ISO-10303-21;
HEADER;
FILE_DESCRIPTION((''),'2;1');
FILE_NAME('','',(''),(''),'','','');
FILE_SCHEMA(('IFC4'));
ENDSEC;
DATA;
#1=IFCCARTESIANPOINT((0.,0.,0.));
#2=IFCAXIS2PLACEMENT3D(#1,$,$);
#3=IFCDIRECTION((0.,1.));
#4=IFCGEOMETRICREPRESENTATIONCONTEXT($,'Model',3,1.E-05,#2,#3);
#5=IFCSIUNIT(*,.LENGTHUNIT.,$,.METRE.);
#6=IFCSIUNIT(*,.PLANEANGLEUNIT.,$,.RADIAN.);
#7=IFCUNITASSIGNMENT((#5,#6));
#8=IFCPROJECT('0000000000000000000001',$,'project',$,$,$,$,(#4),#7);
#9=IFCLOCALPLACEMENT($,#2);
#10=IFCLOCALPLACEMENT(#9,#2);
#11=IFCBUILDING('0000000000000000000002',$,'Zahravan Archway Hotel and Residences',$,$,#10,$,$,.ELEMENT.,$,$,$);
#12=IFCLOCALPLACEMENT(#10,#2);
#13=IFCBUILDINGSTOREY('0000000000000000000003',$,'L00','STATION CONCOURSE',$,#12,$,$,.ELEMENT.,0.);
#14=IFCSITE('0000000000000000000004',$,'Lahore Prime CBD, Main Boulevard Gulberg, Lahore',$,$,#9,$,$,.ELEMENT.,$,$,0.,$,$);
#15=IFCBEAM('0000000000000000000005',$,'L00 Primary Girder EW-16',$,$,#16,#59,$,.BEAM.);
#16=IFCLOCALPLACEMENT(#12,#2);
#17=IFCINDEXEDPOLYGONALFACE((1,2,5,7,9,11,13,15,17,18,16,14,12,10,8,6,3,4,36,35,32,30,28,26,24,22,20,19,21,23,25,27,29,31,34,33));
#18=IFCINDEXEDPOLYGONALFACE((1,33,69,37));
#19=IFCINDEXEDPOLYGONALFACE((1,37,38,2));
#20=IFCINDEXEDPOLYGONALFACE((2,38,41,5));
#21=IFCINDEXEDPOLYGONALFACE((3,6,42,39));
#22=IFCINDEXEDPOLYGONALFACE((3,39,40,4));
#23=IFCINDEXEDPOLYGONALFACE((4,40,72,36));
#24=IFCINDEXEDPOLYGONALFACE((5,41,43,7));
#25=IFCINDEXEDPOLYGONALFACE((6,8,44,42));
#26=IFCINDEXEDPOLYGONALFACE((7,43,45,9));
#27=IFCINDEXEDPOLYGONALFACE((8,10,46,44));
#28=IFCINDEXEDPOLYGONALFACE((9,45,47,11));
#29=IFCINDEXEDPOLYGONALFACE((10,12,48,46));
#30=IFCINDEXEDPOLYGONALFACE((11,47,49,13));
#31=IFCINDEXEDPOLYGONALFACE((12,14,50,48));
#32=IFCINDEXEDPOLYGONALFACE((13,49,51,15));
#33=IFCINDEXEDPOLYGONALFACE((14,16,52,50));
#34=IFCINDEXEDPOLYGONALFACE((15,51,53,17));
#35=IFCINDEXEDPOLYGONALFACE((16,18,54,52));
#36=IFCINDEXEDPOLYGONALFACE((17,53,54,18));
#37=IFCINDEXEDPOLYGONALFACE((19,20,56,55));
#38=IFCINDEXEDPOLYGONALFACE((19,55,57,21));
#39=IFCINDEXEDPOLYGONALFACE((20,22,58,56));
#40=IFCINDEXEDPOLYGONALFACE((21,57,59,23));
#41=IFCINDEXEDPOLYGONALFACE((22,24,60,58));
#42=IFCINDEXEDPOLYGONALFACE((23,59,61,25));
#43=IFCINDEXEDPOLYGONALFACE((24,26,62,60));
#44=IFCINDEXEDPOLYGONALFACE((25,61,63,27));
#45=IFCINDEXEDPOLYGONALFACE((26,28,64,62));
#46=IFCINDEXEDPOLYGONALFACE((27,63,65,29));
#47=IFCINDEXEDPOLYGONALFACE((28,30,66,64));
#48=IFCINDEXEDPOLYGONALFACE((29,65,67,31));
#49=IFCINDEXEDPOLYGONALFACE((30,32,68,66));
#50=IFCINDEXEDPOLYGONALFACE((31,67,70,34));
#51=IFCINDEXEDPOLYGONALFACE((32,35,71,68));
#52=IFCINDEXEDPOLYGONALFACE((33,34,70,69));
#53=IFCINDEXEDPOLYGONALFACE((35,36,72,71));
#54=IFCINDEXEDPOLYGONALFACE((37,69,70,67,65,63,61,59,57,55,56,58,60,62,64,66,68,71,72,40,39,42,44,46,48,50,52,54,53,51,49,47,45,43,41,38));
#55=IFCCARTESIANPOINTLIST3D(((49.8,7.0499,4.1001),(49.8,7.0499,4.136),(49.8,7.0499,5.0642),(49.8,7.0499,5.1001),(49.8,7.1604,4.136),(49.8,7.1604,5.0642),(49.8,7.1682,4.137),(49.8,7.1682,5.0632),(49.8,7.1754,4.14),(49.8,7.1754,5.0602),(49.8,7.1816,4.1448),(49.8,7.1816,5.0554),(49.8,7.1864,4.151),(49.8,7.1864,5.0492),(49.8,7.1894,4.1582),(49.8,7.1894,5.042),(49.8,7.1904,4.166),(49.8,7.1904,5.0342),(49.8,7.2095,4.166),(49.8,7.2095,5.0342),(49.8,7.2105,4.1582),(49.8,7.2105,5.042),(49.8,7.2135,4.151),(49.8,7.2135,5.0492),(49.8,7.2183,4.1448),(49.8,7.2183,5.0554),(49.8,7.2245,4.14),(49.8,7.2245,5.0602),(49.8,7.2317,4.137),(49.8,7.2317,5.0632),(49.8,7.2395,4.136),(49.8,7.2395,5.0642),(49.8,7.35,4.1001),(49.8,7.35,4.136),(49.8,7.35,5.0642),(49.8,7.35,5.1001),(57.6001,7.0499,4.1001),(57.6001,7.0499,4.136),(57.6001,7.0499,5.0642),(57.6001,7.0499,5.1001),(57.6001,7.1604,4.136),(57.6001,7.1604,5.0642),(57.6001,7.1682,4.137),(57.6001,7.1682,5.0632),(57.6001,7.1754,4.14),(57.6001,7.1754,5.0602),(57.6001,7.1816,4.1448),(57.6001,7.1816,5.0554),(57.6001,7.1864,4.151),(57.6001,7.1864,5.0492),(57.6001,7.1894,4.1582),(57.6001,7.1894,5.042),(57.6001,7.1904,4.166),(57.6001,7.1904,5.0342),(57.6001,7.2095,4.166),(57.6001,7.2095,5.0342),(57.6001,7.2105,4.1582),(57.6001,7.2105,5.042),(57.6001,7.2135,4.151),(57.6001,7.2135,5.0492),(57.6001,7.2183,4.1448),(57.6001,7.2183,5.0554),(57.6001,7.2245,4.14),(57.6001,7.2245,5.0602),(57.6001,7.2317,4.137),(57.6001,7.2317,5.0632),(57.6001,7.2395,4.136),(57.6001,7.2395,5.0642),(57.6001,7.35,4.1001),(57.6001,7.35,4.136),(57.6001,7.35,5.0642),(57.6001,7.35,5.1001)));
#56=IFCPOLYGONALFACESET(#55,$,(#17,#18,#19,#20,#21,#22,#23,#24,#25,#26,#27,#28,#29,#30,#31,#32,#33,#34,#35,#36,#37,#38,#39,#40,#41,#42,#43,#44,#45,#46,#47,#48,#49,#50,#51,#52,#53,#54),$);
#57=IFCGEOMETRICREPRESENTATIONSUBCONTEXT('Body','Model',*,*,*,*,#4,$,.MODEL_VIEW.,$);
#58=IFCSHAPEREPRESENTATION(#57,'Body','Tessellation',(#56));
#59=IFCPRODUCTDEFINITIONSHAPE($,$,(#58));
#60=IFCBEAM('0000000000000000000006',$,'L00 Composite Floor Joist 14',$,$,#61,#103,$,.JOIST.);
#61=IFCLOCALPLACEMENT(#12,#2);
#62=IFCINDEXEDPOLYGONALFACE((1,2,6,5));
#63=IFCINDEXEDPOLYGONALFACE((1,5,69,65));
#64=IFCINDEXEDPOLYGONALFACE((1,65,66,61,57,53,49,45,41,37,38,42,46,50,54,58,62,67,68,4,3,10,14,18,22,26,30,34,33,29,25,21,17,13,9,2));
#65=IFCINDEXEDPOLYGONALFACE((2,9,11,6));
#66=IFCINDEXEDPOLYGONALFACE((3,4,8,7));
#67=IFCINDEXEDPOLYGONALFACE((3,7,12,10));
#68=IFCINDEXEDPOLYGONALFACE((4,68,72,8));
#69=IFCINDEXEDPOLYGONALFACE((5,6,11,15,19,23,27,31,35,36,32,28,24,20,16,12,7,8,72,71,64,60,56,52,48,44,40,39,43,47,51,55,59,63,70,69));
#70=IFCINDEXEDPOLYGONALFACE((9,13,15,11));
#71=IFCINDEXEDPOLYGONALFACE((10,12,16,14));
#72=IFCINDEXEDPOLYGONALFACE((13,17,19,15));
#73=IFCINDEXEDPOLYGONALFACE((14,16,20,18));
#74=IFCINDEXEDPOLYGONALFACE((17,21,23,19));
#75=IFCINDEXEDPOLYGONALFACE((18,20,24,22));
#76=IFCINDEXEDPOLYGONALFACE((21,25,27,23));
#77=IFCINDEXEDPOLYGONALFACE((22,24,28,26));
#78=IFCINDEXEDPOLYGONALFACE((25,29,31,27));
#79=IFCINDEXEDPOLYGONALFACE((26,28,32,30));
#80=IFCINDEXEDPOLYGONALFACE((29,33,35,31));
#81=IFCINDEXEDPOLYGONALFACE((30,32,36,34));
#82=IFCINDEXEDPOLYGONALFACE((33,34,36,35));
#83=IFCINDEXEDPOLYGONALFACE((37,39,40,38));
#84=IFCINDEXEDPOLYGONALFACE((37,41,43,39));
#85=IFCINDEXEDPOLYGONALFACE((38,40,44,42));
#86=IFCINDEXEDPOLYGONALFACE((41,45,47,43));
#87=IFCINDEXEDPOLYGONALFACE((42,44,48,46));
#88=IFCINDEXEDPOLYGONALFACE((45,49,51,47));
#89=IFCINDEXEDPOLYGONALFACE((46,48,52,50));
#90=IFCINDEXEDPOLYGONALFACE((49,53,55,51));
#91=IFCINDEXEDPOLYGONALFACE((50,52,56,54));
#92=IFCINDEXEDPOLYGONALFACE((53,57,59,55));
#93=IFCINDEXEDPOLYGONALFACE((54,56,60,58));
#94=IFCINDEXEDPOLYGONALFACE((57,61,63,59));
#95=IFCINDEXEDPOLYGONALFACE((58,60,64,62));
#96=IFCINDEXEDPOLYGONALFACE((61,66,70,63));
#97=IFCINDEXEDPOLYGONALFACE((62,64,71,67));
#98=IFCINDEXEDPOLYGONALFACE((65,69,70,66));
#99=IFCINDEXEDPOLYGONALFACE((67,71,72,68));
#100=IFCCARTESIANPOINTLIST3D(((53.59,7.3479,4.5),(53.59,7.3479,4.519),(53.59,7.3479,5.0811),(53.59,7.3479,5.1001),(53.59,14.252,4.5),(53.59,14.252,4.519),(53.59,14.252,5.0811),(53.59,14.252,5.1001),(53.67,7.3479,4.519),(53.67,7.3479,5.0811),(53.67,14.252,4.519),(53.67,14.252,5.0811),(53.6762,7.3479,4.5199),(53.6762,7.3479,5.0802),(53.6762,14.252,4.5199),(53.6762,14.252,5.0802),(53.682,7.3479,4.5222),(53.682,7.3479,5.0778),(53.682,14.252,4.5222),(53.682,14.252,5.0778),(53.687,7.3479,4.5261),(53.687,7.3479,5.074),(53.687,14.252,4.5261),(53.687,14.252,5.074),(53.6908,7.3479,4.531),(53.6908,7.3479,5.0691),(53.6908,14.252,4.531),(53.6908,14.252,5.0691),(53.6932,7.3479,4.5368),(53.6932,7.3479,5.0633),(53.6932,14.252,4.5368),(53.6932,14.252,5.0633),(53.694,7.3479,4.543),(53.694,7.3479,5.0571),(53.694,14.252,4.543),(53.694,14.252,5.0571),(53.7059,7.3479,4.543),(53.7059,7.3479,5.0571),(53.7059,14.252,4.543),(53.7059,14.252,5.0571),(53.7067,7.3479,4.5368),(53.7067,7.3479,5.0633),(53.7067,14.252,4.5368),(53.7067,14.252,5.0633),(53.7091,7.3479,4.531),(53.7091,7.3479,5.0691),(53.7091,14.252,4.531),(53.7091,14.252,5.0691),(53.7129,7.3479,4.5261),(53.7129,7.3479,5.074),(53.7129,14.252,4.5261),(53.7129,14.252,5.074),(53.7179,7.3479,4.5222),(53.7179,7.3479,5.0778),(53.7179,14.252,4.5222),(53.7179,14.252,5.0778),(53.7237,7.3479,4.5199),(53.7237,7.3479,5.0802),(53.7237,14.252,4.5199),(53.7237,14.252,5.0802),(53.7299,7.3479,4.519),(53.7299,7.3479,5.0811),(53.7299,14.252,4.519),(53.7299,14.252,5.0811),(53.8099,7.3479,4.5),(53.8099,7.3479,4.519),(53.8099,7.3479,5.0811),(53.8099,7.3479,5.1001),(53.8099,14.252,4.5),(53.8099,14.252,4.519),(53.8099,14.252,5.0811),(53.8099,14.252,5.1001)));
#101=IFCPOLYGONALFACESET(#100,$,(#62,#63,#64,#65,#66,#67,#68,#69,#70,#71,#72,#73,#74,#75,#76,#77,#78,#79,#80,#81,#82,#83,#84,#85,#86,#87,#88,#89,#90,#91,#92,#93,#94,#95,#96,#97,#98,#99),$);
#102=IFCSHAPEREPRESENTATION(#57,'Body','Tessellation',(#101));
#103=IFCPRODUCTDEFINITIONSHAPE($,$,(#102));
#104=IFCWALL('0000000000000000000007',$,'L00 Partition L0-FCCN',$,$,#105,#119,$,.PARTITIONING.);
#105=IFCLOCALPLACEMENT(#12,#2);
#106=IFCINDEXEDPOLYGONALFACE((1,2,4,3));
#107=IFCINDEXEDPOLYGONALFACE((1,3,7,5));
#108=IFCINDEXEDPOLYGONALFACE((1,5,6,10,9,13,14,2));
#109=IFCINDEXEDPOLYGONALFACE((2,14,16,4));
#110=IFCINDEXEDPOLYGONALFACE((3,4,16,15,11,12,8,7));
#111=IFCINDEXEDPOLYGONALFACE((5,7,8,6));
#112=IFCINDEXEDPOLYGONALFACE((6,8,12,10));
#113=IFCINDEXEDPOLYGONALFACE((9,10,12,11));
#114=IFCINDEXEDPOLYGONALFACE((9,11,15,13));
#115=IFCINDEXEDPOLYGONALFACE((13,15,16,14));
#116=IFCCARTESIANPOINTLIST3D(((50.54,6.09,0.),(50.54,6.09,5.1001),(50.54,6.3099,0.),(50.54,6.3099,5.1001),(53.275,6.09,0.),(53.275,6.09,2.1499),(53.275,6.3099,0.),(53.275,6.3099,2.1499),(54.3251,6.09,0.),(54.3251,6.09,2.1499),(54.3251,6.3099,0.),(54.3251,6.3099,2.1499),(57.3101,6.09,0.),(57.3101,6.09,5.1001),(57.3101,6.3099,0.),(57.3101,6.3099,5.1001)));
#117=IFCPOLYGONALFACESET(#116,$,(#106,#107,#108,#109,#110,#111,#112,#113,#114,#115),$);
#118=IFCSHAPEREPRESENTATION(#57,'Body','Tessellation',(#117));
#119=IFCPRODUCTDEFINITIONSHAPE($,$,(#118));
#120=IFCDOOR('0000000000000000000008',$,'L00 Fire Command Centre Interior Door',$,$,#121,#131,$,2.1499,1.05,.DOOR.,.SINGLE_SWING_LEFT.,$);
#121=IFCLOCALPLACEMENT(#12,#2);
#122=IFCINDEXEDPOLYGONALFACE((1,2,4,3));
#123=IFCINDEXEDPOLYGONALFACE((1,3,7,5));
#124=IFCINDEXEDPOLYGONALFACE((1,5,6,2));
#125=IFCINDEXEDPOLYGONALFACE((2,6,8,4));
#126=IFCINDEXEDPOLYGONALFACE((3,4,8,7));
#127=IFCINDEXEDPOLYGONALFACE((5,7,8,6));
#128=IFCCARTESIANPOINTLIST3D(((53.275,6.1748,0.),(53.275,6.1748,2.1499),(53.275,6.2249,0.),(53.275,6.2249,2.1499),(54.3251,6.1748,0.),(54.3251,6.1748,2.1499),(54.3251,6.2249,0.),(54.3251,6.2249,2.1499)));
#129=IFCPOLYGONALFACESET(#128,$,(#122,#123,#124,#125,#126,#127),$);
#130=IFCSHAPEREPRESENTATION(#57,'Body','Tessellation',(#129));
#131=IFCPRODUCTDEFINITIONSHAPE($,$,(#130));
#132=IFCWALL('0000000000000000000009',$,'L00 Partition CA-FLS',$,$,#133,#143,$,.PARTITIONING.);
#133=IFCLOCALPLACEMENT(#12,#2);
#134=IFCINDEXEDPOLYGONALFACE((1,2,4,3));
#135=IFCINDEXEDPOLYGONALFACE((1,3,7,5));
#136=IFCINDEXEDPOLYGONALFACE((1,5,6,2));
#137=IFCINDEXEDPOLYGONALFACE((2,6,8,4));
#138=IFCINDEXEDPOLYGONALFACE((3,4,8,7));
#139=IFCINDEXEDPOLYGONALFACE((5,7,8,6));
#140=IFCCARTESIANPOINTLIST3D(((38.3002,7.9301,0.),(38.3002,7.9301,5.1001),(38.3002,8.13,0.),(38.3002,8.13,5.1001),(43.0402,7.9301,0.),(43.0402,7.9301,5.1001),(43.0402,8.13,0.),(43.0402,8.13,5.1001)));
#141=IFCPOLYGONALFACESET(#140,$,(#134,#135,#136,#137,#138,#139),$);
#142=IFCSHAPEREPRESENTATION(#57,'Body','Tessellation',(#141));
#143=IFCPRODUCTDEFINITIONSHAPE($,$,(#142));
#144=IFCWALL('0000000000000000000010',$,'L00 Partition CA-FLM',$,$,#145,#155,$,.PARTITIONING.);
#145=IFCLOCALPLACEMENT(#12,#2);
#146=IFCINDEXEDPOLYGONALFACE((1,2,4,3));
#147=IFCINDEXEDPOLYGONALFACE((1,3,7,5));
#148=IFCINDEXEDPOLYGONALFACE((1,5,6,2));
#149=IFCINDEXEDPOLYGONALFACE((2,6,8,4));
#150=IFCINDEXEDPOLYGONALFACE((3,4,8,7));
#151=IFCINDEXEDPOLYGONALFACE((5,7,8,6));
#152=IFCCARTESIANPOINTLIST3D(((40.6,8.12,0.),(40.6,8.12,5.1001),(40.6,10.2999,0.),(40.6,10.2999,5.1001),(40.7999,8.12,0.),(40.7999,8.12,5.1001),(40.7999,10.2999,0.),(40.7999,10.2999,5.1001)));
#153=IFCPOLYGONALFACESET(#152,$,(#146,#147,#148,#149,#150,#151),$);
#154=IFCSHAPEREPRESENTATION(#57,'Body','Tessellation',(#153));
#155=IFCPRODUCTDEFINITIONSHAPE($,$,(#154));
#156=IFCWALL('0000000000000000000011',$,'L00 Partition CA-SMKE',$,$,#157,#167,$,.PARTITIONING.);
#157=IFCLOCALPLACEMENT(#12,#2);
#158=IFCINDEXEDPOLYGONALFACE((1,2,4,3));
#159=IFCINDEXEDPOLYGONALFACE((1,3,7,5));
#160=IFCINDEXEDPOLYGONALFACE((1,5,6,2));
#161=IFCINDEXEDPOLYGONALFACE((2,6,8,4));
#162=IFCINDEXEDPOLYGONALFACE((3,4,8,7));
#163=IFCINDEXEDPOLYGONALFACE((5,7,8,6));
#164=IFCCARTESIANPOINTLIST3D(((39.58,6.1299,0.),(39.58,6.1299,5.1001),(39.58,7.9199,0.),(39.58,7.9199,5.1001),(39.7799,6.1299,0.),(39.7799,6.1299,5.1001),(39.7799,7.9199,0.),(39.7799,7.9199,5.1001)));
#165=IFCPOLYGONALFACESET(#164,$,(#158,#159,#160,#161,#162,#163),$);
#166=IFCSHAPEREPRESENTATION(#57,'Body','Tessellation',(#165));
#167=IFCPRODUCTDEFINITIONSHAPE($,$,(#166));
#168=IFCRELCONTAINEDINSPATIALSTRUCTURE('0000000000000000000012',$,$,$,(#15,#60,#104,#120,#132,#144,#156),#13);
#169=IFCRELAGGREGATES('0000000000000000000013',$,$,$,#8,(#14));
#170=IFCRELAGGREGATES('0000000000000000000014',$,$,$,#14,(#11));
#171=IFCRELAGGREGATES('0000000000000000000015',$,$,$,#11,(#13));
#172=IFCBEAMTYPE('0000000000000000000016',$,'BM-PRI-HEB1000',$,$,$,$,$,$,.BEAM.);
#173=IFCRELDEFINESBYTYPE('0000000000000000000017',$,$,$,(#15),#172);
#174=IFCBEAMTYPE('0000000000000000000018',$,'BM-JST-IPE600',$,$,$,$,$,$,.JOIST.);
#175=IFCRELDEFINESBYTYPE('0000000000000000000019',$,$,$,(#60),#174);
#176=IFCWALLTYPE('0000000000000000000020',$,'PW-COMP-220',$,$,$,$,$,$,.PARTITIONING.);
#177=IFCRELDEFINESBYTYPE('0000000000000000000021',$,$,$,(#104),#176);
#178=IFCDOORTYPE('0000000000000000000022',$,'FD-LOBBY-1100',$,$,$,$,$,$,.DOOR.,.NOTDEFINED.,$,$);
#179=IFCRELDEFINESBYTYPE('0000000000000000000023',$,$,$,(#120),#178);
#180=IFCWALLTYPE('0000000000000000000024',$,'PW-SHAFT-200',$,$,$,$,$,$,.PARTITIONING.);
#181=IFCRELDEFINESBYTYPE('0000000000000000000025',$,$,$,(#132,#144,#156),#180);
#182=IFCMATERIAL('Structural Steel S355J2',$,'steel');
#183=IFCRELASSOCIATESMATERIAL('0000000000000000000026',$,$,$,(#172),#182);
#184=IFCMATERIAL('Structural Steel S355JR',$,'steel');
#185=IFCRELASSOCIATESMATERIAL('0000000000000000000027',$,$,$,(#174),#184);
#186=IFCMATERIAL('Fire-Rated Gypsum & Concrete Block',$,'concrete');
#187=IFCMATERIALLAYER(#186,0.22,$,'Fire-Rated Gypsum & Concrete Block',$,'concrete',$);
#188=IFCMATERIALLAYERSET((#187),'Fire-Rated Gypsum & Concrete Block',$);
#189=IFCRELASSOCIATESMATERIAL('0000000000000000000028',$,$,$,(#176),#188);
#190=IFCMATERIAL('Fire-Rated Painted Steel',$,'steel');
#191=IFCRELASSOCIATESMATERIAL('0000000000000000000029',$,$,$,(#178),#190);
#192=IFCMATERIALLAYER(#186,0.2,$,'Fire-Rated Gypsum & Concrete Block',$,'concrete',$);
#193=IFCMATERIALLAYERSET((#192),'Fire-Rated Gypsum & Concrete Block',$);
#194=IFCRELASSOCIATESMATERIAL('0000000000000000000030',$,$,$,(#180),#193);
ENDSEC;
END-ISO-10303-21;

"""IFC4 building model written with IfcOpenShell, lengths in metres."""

from ifc_helpers import new_model, si_unit, direction, frame, frame_2d, origin, origin_2d, place, context, subcontext, project, spatial, rectangle, i_section, extrude, source, transform, mapped, material, layer, layer_set, material_profile, profile_set, type_object, type_shapes, element, fill, save


model = new_model("IFC4")

# Units and contexts
model_context = context("Model", 3, precision=1e-05, world=origin(), true_north=direction((0.0, 1.0)))
body_context = subcontext(model_context, "Body", "Model", "MODEL_VIEW")
ifc_project = project(units=[si_unit("LENGTHUNIT", "METRE"), si_unit("PLANEANGLEUNIT", "RADIAN")], contexts=[model_context])

# Site, building, storey
site_placement = place(None, origin())
site = spatial("IfcSite", under=ifc_project, at=site_placement, Name="Lahore Prime CBD, Main Boulevard Gulberg, Lahore", CompositionType="ELEMENT", RefElevation=0.0)
building_placement = place(site_placement, origin())
building = spatial("IfcBuilding", under=site, at=building_placement, Name="Zahravan Archway Hotel and Residences", CompositionType="ELEMENT")
storey_placement = place(building_placement, origin())
storey = spatial("IfcBuildingStorey", under=building, at=storey_placement, Name="L00", Description="STATION CONCOURSE", CompositionType="ELEMENT", Elevation=0.0)

# Beams
ifc_material_1 = material(Name="Structural Steel S355J2", Category="steel")
ifc_material_profile_1 = material_profile(ifc_material_1, i_section(OverallWidth=0.3, OverallDepth=1.0, WebThickness=0.019, FlangeThickness=0.0359, FilletRadius=0.03, at=origin_2d()), Name="HEB 1000", Category="steel")
ifc_profile_set_1 = profile_set([ifc_material_profile_1], Name="Structural Steel S355J2")
beam_type_1 = type_object("IfcBeamType", Name="BM-PRI-HEB1000", PredefinedType="BEAM", material=ifc_profile_set_1)
shared_shape_1 = source(origin(), body_context, "Body", "SweptSolid", [
    extrude(i_section(OverallWidth=0.3, OverallDepth=1.0, WebThickness=0.019, FlangeThickness=0.0359, FilletRadius=0.03, at=origin_2d()), origin(), (0.0, 0.0, 1.0), 7.8),
])
beam_1_placement = place(storey_placement, frame((49.8, 7.2, 4.6001), z_axis=(1.0, 0.0, 0.0), x_axis=(0.0, 1.0, 0.0)))
element("IfcBeam", 1, at=beam_1_placement, inside=storey, type_object=beam_type_1, Name="L00 Primary Girder EW-16", PredefinedType="BEAM", context=body_context, shape_type="MappedRepresentation", body=[
    mapped(shared_shape_1, transform((0.0, 0.0, 0.0), scale=1.0)),
])
ifc_material_2 = material(Name="Structural Steel S355JR", Category="steel")
ifc_material_profile_2 = material_profile(ifc_material_2, i_section(OverallWidth=0.22, OverallDepth=0.6001, WebThickness=0.012, FlangeThickness=0.019, FilletRadius=0.0239, at=origin_2d()), Name="IPE 600", Category="steel")
ifc_profile_set_2 = profile_set([ifc_material_profile_2], Name="Structural Steel S355JR")
beam_type_2 = type_object("IfcBeamType", Name="BM-JST-IPE600", PredefinedType="JOIST", material=ifc_profile_set_2)
shared_shape_2 = source(origin(), body_context, "Body", "SweptSolid", [
    extrude(i_section(OverallWidth=0.22, OverallDepth=0.6001, WebThickness=0.012, FlangeThickness=0.019, FilletRadius=0.0239, at=origin_2d()), origin(), (0.0, 0.0, 1.0), 6.9041),
])
type_shapes(beam_type_2, [shared_shape_2])
beam_2_placement = place(storey_placement, frame((53.7, 7.3479, 4.8), z_axis=(0.0, 1.0, 0.0), x_axis=(-1.0, 0.0, 0.0)))
element("IfcBeam", 2, at=beam_2_placement, inside=storey, type_object=beam_type_2, Name="L00 Composite Floor Joist 14", PredefinedType="JOIST", context=body_context, shape_type="MappedRepresentation", body=[
    mapped(shared_shape_2, transform((0.0, 0.0, 0.0), scale=1.0)),
])

# Wall, opening, door
ifc_material_3 = material(Name="Fire-Rated Gypsum & Concrete Block", Category="concrete")
ifc_layer_1 = layer(ifc_material_3, 0.22, Name="Fire-Rated Gypsum & Concrete Block", Category="concrete")
ifc_layer_set_1 = layer_set([ifc_layer_1], Name="Fire-Rated Gypsum & Concrete Block")
wall_type_1 = type_object("IfcWallType", Name="PW-COMP-220", PredefinedType="PARTITIONING", material=ifc_layer_set_1)
wall_1_placement = place(storey_placement, frame((50.54, 6.2, 0.0), z_axis=(0.0, 0.0, 1.0), x_axis=(1.0, 0.0, 0.0)))
wall_1 = element("IfcWall", 3, at=wall_1_placement, inside=storey, type_object=wall_type_1, Name="L00 Partition L0-FCCN", PredefinedType="PARTITIONING", context=body_context, shape_type="SweptSolid", body=[
    extrude(rectangle(XDim=6.77, YDim=0.22, at=frame_2d((3.385, 0.0))), origin(), (0.0, 0.0, 1.0), 5.1001),
])
opening_1_placement = place(wall_1_placement, frame((2.7351, 0.0, 0.0)))
opening_1 = element("IfcOpeningElement", 4, at=opening_1_placement, cuts=wall_1, PredefinedType="OPENING", context=body_context, shape_type="SweptSolid", body=[
    extrude(rectangle(XDim=1.05, YDim=2.1499, at=frame_2d((0.5249, 1.075))), frame((0.0, 0.1201, 0.0), z_axis=(0.0, -1.0, 0.0), x_axis=(1.0, 0.0, 0.0)), (0.0, 0.0, 1.0), 0.24),
])
ifc_material_4 = material(Name="Fire-Rated Painted Steel", Category="steel")
door_type_1 = type_object("IfcDoorType", Name="FD-LOBBY-1100", OperationType="NOTDEFINED", PredefinedType="DOOR", material=ifc_material_4)
shared_shape_3 = source(origin(), body_context, "Body", "SweptSolid", [
    extrude(rectangle(XDim=1.05, YDim=2.1499, at=frame_2d((0.5249, 1.075))), frame((0.0, 0.0249, 0.0), z_axis=(0.0, -1.0, 0.0), x_axis=(1.0, 0.0, 0.0)), (0.0, 0.0, 1.0), 0.05),
])
type_shapes(door_type_1, [shared_shape_3])
door_1_placement = place(opening_1_placement, origin())
door_1 = element("IfcDoor", 5, at=door_1_placement, inside=storey, type_object=door_type_1, Name="L00 Fire Command Centre Interior Door", OperationType="SINGLE_SWING_LEFT", OverallHeight=2.1499, OverallWidth=1.05, PredefinedType="DOOR", context=body_context, shape_type="MappedRepresentation", body=[
    mapped(shared_shape_3, transform((0.0, 0.0, 0.0), scale=1.0)),
])
fill(opening_1, door_1)

# Walls
ifc_layer_2 = layer(ifc_material_3, 0.2, Name="Fire-Rated Gypsum & Concrete Block", Category="concrete")
ifc_layer_set_2 = layer_set([ifc_layer_2], Name="Fire-Rated Gypsum & Concrete Block")
wall_type_2 = type_object("IfcWallType", Name="PW-SHAFT-200", PredefinedType="PARTITIONING", material=ifc_layer_set_2)
wall_2_placement = place(storey_placement, frame((38.3, 8.03, 0.0), z_axis=(0.0, 0.0, 1.0), x_axis=(1.0, 0.0, 0.0)))
element("IfcWall", 6, at=wall_2_placement, inside=storey, type_object=wall_type_2, Name="L00 Partition CA-FLS", PredefinedType="PARTITIONING", context=body_context, shape_type="SweptSolid", body=[
    extrude(rectangle(XDim=4.74, YDim=0.2, at=frame_2d((2.3701, 0.0))), origin(), (0.0, 0.0, 1.0), 5.1001),
])
wall_3_placement = place(storey_placement, frame((40.7, 8.1201, 0.0), z_axis=(0.0, 0.0, 1.0), x_axis=(0.0, 1.0, 0.0)))
element("IfcWall", 7, at=wall_3_placement, inside=storey, type_object=wall_type_2, Name="L00 Partition CA-FLM", PredefinedType="PARTITIONING", context=body_context, shape_type="SweptSolid", body=[
    extrude(rectangle(XDim=2.1799, YDim=0.2, at=frame_2d((1.0898, 0.0))), origin(), (0.0, 0.0, 1.0), 5.1001),
])
wall_4_placement = place(storey_placement, frame((39.6799, 6.1299, 0.0), z_axis=(0.0, 0.0, 1.0), x_axis=(0.0, 1.0, 0.0)))
element("IfcWall", 8, at=wall_4_placement, inside=storey, type_object=wall_type_2, Name="L00 Partition CA-SMKE", PredefinedType="PARTITIONING", context=body_context, shape_type="SweptSolid", body=[
    extrude(rectangle(XDim=1.79, YDim=0.2, at=frame_2d((0.895, 0.0))), origin(), (0.0, 0.0, 1.0), 5.1001),
])

save(model, "model.ifc")
